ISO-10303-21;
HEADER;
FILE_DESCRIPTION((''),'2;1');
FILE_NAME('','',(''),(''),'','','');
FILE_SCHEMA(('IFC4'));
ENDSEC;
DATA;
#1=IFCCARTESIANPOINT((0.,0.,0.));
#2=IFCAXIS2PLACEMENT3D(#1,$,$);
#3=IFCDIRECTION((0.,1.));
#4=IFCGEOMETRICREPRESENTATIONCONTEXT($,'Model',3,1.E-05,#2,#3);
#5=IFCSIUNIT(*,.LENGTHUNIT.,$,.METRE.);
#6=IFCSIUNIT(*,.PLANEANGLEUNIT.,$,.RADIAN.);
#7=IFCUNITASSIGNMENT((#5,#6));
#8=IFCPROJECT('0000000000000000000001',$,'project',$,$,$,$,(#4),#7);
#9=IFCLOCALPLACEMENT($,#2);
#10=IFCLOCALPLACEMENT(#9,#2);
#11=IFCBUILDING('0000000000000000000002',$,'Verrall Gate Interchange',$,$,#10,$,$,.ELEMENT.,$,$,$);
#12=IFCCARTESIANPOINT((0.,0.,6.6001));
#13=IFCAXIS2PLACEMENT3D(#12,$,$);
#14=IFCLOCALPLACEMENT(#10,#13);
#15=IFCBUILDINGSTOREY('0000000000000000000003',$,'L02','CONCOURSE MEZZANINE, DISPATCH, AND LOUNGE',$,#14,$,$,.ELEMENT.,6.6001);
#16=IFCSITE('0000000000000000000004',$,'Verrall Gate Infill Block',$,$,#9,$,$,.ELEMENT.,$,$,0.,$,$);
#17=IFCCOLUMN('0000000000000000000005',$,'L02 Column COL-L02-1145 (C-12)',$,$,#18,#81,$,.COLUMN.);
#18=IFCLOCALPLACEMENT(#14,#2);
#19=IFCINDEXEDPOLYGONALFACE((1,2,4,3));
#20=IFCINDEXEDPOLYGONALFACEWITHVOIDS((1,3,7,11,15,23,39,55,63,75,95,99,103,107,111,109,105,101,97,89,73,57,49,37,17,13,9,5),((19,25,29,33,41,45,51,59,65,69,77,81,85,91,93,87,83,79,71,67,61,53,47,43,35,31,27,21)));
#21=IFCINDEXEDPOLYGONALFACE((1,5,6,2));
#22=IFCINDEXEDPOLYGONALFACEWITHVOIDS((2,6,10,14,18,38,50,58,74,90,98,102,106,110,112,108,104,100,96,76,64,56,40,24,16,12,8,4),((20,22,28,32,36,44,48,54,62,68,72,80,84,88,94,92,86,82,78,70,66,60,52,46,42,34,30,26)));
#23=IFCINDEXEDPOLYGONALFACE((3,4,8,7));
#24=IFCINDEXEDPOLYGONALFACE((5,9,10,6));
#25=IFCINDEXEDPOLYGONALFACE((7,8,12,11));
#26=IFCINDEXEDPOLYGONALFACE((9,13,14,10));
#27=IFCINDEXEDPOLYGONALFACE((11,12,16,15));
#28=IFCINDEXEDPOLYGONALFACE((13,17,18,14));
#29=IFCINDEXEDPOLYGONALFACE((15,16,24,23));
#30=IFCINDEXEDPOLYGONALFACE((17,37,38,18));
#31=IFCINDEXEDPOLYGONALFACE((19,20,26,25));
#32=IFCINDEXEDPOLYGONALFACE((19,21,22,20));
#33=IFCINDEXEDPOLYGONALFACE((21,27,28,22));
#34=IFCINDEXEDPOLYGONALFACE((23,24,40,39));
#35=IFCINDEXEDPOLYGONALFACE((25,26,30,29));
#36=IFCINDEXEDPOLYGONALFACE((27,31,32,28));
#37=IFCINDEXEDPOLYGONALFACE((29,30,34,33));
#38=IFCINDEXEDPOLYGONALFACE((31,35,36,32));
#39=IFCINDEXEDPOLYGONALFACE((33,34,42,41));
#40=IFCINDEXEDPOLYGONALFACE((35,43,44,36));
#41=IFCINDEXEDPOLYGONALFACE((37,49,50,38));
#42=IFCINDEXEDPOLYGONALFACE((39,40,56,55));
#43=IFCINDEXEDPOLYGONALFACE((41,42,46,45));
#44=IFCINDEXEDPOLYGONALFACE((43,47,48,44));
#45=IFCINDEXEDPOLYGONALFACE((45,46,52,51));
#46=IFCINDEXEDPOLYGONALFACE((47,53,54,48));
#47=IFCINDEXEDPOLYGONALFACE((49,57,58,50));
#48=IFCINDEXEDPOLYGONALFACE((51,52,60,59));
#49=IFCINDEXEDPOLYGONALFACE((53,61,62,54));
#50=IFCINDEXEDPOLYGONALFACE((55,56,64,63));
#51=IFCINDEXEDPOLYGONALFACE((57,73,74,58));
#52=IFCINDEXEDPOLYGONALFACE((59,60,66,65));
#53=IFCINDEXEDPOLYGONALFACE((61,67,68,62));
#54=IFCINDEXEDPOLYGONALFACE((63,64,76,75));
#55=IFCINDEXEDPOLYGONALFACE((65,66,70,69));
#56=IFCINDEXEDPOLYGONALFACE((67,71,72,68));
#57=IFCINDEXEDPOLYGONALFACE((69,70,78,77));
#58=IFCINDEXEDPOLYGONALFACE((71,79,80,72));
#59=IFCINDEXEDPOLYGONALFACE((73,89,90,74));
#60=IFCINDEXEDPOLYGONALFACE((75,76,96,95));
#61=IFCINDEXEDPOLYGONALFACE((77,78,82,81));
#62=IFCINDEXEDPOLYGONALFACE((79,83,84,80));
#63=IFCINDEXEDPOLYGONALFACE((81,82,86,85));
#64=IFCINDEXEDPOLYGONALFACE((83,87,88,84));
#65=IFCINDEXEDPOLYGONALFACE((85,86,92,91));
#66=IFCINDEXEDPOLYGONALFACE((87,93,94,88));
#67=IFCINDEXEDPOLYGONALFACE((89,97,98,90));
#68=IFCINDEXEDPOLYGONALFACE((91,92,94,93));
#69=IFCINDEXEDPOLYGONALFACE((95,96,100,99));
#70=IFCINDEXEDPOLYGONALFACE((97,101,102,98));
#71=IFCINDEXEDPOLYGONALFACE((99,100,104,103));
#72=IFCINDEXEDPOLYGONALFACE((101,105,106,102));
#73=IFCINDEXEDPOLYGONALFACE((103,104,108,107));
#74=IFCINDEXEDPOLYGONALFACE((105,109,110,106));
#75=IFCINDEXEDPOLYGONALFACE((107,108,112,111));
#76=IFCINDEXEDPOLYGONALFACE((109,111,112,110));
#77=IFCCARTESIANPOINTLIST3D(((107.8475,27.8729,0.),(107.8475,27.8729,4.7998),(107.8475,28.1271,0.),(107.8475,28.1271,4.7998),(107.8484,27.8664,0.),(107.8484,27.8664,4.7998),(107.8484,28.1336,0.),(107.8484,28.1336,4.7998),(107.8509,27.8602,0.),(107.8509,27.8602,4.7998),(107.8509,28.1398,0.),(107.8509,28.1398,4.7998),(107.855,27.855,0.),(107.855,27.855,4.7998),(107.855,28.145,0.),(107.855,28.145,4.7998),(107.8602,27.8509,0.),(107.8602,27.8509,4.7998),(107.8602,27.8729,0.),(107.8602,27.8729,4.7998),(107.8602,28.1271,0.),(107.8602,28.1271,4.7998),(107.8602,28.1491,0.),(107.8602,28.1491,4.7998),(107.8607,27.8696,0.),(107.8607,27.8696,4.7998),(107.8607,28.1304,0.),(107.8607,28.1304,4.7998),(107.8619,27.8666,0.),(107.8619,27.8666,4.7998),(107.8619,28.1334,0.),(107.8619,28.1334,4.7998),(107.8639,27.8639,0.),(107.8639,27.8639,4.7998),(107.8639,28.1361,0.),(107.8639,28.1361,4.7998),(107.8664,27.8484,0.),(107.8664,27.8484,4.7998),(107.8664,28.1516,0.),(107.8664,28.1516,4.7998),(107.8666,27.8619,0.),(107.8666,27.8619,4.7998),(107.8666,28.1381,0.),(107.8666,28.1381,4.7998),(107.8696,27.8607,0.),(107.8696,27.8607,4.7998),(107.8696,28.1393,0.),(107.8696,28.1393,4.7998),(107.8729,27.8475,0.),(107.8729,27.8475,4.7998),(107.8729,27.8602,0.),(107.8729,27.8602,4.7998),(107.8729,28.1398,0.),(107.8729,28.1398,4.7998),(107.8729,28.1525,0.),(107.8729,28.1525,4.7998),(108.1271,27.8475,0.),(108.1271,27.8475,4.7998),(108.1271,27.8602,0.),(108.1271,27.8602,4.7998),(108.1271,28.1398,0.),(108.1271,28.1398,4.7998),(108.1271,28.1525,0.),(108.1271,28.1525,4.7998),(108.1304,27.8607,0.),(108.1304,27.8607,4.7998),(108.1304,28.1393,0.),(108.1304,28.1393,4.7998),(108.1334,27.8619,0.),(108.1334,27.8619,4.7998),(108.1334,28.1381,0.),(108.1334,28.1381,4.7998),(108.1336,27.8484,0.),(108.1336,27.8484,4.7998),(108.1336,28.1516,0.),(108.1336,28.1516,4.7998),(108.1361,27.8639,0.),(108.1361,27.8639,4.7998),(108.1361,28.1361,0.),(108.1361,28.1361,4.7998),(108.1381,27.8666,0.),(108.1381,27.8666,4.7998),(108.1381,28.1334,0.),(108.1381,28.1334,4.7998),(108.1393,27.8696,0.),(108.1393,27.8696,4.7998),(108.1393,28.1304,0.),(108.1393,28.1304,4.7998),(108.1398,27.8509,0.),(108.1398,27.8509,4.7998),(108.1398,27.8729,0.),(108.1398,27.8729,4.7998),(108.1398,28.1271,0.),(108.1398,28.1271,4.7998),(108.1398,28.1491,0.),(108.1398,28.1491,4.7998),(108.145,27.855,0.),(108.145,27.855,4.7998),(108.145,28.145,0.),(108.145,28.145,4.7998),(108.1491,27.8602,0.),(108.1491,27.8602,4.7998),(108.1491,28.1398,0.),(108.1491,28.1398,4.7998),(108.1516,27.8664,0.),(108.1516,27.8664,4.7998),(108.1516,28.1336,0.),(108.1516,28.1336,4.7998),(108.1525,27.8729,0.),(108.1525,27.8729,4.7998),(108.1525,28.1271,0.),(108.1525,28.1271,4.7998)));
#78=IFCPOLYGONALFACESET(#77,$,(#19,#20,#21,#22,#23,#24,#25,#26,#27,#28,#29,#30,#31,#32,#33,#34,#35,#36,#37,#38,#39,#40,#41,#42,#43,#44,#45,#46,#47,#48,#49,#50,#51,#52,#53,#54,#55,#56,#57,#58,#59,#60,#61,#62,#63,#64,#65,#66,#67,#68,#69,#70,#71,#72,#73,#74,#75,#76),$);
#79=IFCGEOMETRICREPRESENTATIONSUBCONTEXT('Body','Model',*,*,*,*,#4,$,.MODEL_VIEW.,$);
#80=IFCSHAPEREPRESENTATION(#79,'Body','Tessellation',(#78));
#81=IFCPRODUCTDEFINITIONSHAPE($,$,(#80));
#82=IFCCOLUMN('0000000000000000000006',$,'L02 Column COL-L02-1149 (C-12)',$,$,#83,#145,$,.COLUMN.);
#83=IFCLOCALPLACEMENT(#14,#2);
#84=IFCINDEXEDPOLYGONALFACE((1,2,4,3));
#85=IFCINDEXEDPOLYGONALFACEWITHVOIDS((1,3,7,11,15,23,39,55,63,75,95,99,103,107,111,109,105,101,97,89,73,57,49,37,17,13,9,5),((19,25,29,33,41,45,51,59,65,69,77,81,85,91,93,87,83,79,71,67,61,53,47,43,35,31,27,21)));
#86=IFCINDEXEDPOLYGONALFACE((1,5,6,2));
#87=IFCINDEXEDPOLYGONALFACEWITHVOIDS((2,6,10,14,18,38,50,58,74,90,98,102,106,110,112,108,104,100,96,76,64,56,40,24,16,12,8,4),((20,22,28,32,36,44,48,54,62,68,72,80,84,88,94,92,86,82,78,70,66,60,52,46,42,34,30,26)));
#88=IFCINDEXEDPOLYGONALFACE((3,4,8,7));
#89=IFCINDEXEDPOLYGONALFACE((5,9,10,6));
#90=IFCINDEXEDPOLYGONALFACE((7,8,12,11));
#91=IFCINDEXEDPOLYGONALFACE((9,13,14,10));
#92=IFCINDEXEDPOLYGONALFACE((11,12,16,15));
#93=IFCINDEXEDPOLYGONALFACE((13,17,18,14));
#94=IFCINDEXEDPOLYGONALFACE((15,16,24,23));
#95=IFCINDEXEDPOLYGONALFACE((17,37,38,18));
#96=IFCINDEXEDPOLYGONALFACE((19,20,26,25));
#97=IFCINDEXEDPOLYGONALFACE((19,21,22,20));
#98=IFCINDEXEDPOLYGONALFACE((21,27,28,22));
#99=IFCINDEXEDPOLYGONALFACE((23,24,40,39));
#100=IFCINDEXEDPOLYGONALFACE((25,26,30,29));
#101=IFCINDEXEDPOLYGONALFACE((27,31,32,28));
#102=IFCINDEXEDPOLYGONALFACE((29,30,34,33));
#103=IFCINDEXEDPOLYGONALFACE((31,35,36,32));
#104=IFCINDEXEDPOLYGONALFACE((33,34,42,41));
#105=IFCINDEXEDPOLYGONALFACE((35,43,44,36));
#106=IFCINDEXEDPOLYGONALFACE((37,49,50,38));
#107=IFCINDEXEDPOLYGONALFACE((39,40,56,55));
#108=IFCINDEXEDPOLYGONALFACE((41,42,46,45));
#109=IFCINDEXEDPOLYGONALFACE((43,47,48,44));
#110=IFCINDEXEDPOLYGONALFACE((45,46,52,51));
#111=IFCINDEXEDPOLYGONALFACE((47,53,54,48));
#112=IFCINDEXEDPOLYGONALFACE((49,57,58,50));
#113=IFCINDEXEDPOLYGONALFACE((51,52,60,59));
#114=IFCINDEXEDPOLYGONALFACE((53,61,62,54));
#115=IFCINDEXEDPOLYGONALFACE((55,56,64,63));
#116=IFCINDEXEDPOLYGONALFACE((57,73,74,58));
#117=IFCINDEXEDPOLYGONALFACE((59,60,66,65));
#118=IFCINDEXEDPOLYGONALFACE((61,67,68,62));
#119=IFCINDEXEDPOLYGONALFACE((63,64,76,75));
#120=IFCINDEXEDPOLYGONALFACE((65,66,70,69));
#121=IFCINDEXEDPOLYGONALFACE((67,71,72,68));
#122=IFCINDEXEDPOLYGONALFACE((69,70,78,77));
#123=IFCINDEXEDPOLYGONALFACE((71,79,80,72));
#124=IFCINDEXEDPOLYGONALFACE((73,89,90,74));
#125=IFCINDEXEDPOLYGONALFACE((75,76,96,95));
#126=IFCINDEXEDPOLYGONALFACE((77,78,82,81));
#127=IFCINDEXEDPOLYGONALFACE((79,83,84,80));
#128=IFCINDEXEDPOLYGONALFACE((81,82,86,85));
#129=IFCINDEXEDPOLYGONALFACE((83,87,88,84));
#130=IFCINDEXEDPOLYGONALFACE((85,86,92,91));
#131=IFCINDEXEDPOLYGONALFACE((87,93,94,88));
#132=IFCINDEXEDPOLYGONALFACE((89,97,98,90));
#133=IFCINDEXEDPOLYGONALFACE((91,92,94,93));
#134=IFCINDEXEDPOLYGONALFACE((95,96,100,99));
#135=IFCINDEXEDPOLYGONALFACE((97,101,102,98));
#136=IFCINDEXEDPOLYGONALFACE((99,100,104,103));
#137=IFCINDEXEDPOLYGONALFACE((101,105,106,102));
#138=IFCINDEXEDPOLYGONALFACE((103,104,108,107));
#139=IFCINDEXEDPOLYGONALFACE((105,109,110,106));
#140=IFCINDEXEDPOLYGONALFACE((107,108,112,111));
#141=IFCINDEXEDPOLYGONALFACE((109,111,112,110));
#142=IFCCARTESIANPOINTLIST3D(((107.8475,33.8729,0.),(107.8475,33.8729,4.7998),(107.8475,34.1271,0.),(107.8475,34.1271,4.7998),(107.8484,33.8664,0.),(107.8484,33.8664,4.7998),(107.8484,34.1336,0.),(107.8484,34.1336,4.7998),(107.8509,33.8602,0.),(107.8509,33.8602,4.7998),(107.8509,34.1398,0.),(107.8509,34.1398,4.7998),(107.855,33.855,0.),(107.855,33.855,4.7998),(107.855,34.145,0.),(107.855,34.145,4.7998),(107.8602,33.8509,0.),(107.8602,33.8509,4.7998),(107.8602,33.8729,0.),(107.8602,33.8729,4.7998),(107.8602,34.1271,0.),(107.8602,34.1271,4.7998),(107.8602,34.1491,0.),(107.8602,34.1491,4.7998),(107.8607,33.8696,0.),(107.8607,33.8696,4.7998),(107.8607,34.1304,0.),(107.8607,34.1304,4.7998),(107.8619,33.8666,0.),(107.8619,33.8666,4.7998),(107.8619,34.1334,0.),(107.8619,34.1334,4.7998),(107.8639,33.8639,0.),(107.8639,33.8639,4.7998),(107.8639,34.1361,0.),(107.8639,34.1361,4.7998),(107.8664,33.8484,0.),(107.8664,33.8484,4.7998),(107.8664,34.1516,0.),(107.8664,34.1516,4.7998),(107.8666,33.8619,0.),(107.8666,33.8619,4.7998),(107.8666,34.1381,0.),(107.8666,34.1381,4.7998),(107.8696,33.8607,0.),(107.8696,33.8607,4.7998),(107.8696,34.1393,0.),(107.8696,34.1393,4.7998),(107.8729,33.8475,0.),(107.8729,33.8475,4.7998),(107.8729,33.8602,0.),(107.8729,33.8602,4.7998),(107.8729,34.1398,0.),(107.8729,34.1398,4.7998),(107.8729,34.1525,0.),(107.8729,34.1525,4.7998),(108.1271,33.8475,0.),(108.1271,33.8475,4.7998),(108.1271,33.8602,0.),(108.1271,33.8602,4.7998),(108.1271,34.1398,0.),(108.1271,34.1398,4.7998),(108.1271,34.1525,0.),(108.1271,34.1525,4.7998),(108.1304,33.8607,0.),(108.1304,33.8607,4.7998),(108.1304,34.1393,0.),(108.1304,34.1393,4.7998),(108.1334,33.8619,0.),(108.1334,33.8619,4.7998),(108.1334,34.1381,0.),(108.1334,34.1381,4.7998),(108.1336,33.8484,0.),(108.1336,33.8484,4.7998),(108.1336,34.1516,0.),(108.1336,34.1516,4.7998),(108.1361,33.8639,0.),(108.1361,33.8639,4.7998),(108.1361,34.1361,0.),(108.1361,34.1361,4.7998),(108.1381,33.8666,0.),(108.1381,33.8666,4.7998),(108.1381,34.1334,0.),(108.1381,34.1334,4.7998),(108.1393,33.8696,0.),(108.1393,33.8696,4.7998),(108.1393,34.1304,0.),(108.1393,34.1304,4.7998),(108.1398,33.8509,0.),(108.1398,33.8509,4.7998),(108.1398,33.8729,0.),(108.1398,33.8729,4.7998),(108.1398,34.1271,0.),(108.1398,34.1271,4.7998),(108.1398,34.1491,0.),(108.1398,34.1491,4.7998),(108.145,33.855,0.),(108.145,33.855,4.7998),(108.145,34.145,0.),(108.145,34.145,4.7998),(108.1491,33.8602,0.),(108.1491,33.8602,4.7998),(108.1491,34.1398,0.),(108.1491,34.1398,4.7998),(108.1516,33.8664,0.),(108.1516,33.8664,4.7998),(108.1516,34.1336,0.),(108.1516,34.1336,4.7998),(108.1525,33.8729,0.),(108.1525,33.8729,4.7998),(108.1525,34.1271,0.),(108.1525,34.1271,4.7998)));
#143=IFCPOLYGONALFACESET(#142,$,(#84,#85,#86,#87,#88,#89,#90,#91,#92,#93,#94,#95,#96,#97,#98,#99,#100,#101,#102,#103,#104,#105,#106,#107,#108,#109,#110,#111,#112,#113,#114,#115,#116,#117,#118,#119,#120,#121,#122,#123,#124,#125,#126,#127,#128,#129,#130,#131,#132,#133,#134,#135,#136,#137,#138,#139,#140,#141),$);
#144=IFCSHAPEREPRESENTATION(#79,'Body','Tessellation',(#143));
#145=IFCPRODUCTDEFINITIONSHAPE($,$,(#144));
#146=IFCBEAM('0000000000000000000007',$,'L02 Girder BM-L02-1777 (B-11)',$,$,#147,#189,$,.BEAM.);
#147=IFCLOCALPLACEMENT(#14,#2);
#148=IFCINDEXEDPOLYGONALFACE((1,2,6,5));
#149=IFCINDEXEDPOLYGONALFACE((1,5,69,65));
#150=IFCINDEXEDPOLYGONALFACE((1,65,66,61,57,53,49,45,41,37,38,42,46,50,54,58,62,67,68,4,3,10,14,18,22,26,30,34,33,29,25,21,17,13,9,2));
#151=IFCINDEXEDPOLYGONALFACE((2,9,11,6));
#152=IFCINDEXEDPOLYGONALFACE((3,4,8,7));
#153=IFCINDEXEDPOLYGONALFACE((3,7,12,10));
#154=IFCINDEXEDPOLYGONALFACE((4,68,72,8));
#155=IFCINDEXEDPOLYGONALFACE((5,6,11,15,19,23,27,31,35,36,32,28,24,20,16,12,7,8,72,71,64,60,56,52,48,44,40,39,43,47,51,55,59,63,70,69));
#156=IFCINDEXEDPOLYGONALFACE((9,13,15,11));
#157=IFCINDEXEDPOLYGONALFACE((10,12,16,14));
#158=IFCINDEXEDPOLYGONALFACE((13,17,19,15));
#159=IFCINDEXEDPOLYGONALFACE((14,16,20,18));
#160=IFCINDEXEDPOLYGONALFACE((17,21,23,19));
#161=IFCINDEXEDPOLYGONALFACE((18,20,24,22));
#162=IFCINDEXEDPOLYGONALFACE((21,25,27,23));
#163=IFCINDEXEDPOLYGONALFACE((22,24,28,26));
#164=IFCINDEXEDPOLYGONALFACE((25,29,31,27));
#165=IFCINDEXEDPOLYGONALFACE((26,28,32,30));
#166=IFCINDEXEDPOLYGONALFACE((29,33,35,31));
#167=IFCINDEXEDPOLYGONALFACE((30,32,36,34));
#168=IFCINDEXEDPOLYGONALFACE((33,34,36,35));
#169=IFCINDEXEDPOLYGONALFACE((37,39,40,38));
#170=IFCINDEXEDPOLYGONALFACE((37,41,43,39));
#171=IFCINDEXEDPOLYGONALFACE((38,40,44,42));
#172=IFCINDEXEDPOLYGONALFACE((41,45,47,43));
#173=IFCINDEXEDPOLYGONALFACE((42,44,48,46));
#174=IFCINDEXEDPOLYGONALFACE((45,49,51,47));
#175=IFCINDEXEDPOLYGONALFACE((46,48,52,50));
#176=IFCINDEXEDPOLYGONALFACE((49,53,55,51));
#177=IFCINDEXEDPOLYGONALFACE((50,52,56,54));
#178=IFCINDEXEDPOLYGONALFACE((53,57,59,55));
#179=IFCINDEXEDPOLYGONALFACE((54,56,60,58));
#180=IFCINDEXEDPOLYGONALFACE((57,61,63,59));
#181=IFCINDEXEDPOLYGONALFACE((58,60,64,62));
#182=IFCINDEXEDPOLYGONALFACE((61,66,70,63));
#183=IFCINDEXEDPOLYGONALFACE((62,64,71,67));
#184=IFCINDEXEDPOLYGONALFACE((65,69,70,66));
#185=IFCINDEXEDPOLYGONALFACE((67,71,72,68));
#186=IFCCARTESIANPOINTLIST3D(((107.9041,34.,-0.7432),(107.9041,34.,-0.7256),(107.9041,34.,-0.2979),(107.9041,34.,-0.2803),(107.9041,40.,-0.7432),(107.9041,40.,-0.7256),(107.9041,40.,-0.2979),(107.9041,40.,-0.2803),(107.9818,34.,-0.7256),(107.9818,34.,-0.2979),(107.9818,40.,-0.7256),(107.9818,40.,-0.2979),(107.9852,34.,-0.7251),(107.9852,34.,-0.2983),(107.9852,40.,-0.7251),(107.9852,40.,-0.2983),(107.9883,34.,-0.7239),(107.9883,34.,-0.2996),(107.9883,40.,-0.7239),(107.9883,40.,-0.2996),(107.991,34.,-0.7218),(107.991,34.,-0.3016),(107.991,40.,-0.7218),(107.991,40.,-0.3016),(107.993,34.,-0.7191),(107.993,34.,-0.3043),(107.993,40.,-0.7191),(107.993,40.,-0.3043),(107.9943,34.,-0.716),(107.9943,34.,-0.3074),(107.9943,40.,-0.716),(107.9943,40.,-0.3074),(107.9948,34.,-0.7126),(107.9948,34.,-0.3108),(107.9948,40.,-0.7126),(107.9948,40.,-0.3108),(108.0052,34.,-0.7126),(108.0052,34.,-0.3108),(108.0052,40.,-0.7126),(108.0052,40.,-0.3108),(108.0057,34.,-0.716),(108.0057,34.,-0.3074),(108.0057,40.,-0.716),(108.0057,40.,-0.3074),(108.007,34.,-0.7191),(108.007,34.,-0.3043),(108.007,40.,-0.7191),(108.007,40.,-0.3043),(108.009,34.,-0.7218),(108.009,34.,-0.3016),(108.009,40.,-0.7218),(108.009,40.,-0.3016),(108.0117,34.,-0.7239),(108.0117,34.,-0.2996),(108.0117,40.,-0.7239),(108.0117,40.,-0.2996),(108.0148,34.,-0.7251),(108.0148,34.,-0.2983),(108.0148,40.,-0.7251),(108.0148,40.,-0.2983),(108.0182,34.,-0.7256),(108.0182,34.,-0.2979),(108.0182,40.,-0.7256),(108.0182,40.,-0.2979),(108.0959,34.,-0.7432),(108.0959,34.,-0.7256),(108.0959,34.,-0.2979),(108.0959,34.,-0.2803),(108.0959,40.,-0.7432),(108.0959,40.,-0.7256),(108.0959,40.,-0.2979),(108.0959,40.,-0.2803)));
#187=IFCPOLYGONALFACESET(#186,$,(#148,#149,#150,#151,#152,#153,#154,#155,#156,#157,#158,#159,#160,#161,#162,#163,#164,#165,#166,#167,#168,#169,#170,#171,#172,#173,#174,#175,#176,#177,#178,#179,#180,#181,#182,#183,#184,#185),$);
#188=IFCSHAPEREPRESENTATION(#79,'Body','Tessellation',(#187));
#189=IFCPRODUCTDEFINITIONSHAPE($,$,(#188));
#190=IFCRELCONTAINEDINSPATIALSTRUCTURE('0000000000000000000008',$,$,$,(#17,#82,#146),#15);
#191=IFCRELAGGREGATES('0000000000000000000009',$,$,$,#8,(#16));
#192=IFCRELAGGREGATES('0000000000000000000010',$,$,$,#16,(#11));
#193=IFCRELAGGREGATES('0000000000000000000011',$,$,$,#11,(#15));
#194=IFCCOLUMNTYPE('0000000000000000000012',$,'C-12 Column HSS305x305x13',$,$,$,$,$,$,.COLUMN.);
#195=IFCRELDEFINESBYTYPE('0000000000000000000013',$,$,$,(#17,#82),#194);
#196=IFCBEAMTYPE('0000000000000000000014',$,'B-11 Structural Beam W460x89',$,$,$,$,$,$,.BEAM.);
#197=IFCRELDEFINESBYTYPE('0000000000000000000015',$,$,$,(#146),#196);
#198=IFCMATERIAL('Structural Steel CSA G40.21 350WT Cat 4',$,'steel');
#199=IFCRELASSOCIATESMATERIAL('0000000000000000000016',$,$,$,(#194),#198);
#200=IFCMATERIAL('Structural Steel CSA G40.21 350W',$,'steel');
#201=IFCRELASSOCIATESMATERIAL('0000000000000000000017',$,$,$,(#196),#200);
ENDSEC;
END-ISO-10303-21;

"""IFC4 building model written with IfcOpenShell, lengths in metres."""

from ifc_helpers import new_model, si_unit, direction, frame, origin, origin_2d, place, context, subcontext, project, spatial, hollow_rectangle, i_section, extrude, material, material_profile, profile_set, type_object, element, save


model = new_model("IFC4")

# Units and contexts
model_context = context("Model", 3, precision=1e-05, world=origin(), true_north=direction((0.0, 1.0)))
body_context = subcontext(model_context, "Body", "Model", "MODEL_VIEW")
ifc_project = project(units=[si_unit("LENGTHUNIT", "METRE"), si_unit("PLANEANGLEUNIT", "RADIAN")], contexts=[model_context])

# Site, building, storey
site_placement = place(None, origin())
site = spatial("IfcSite", under=ifc_project, at=site_placement, Name="Verrall Gate Infill Block", CompositionType="ELEMENT", RefElevation=0.0)
building_placement = place(site_placement, origin())
building = spatial("IfcBuilding", under=site, at=building_placement, Name="Verrall Gate Interchange", CompositionType="ELEMENT")
storey_placement = place(building_placement, frame((0.0, 0.0, 6.6001)))
storey = spatial("IfcBuildingStorey", under=building, at=storey_placement, Name="L02", Description="CONCOURSE MEZZANINE, DISPATCH, AND LOUNGE", CompositionType="ELEMENT", Elevation=6.6001)

# Columns
ifc_material_1 = material(Name="Structural Steel CSA G40.21 350WT Cat 4", Category="steel")
ifc_material_profile_1 = material_profile(ifc_material_1, hollow_rectangle(XDim=0.3049, YDim=0.3049, WallThickness=0.0127, InnerFilletRadius=0.0127, OuterFilletRadius=0.0254, at=origin_2d()), Name="HSS305x305x13")
ifc_profile_set_1 = profile_set([ifc_material_profile_1], Name="Structural Steel CSA G40.21 350WT Cat 4")
column_type = type_object("IfcColumnType", Name="C-12 Column HSS305x305x13", PredefinedType="COLUMN", material=ifc_profile_set_1)
for number, where, z_axis, x_axis, name in (
    (1, (108.0, 28.0, 0.0), (0.0, 0.0, 1.0), (1.0, 0.0, 0.0), "L02 Column COL-L02-1145 (C-12)"),
    (2, (108.0, 34.0, 0.0), (0.0, 0.0, 1.0), (1.0, 0.0, 0.0), "L02 Column COL-L02-1149 (C-12)"),
):
    element("IfcColumn", number, at=place(storey_placement, frame(where, z_axis=z_axis, x_axis=x_axis)), inside=storey, type_object=column_type, Name=name, PredefinedType="COLUMN", context=body_context, shape_type="SweptSolid", body=[
        extrude(hollow_rectangle(XDim=0.3049, YDim=0.3049, WallThickness=0.0127, InnerFilletRadius=0.0127, OuterFilletRadius=0.0254, at=origin_2d()), origin(), (0.0, 0.0, 1.0), 4.7998),
    ])

# Beam
ifc_material_2 = material(Name="Structural Steel CSA G40.21 350W", Category="steel")
ifc_material_profile_2 = material_profile(ifc_material_2, i_section(OverallWidth=0.1919, OverallDepth=0.4629, WebThickness=0.0105, FlangeThickness=0.0176, FilletRadius=0.0129, at=origin_2d()), Name="W460x89")
ifc_profile_set_2 = profile_set([ifc_material_profile_2], Name="Structural Steel CSA G40.21 350W")
beam_type_1 = type_object("IfcBeamType", Name="B-11 Structural Beam W460x89", PredefinedType="BEAM", material=ifc_profile_set_2)
beam_1_placement = place(storey_placement, frame((108.0, 34.0, -0.5117), z_axis=(0.0, 1.0, 0.0), x_axis=(-1.0, 0.0, 0.0)))
element("IfcBeam", 3, at=beam_1_placement, inside=storey, type_object=beam_type_1, Name="L02 Girder BM-L02-1777 (B-11)", PredefinedType="BEAM", context=body_context, shape_type="SweptSolid", body=[
    extrude(i_section(OverallWidth=0.1919, OverallDepth=0.4629, WebThickness=0.0105, FlangeThickness=0.0176, FilletRadius=0.0129, at=origin_2d()), origin(), (0.0, 0.0, 1.0), 6.0),
])

save(model, "model.ifc")
